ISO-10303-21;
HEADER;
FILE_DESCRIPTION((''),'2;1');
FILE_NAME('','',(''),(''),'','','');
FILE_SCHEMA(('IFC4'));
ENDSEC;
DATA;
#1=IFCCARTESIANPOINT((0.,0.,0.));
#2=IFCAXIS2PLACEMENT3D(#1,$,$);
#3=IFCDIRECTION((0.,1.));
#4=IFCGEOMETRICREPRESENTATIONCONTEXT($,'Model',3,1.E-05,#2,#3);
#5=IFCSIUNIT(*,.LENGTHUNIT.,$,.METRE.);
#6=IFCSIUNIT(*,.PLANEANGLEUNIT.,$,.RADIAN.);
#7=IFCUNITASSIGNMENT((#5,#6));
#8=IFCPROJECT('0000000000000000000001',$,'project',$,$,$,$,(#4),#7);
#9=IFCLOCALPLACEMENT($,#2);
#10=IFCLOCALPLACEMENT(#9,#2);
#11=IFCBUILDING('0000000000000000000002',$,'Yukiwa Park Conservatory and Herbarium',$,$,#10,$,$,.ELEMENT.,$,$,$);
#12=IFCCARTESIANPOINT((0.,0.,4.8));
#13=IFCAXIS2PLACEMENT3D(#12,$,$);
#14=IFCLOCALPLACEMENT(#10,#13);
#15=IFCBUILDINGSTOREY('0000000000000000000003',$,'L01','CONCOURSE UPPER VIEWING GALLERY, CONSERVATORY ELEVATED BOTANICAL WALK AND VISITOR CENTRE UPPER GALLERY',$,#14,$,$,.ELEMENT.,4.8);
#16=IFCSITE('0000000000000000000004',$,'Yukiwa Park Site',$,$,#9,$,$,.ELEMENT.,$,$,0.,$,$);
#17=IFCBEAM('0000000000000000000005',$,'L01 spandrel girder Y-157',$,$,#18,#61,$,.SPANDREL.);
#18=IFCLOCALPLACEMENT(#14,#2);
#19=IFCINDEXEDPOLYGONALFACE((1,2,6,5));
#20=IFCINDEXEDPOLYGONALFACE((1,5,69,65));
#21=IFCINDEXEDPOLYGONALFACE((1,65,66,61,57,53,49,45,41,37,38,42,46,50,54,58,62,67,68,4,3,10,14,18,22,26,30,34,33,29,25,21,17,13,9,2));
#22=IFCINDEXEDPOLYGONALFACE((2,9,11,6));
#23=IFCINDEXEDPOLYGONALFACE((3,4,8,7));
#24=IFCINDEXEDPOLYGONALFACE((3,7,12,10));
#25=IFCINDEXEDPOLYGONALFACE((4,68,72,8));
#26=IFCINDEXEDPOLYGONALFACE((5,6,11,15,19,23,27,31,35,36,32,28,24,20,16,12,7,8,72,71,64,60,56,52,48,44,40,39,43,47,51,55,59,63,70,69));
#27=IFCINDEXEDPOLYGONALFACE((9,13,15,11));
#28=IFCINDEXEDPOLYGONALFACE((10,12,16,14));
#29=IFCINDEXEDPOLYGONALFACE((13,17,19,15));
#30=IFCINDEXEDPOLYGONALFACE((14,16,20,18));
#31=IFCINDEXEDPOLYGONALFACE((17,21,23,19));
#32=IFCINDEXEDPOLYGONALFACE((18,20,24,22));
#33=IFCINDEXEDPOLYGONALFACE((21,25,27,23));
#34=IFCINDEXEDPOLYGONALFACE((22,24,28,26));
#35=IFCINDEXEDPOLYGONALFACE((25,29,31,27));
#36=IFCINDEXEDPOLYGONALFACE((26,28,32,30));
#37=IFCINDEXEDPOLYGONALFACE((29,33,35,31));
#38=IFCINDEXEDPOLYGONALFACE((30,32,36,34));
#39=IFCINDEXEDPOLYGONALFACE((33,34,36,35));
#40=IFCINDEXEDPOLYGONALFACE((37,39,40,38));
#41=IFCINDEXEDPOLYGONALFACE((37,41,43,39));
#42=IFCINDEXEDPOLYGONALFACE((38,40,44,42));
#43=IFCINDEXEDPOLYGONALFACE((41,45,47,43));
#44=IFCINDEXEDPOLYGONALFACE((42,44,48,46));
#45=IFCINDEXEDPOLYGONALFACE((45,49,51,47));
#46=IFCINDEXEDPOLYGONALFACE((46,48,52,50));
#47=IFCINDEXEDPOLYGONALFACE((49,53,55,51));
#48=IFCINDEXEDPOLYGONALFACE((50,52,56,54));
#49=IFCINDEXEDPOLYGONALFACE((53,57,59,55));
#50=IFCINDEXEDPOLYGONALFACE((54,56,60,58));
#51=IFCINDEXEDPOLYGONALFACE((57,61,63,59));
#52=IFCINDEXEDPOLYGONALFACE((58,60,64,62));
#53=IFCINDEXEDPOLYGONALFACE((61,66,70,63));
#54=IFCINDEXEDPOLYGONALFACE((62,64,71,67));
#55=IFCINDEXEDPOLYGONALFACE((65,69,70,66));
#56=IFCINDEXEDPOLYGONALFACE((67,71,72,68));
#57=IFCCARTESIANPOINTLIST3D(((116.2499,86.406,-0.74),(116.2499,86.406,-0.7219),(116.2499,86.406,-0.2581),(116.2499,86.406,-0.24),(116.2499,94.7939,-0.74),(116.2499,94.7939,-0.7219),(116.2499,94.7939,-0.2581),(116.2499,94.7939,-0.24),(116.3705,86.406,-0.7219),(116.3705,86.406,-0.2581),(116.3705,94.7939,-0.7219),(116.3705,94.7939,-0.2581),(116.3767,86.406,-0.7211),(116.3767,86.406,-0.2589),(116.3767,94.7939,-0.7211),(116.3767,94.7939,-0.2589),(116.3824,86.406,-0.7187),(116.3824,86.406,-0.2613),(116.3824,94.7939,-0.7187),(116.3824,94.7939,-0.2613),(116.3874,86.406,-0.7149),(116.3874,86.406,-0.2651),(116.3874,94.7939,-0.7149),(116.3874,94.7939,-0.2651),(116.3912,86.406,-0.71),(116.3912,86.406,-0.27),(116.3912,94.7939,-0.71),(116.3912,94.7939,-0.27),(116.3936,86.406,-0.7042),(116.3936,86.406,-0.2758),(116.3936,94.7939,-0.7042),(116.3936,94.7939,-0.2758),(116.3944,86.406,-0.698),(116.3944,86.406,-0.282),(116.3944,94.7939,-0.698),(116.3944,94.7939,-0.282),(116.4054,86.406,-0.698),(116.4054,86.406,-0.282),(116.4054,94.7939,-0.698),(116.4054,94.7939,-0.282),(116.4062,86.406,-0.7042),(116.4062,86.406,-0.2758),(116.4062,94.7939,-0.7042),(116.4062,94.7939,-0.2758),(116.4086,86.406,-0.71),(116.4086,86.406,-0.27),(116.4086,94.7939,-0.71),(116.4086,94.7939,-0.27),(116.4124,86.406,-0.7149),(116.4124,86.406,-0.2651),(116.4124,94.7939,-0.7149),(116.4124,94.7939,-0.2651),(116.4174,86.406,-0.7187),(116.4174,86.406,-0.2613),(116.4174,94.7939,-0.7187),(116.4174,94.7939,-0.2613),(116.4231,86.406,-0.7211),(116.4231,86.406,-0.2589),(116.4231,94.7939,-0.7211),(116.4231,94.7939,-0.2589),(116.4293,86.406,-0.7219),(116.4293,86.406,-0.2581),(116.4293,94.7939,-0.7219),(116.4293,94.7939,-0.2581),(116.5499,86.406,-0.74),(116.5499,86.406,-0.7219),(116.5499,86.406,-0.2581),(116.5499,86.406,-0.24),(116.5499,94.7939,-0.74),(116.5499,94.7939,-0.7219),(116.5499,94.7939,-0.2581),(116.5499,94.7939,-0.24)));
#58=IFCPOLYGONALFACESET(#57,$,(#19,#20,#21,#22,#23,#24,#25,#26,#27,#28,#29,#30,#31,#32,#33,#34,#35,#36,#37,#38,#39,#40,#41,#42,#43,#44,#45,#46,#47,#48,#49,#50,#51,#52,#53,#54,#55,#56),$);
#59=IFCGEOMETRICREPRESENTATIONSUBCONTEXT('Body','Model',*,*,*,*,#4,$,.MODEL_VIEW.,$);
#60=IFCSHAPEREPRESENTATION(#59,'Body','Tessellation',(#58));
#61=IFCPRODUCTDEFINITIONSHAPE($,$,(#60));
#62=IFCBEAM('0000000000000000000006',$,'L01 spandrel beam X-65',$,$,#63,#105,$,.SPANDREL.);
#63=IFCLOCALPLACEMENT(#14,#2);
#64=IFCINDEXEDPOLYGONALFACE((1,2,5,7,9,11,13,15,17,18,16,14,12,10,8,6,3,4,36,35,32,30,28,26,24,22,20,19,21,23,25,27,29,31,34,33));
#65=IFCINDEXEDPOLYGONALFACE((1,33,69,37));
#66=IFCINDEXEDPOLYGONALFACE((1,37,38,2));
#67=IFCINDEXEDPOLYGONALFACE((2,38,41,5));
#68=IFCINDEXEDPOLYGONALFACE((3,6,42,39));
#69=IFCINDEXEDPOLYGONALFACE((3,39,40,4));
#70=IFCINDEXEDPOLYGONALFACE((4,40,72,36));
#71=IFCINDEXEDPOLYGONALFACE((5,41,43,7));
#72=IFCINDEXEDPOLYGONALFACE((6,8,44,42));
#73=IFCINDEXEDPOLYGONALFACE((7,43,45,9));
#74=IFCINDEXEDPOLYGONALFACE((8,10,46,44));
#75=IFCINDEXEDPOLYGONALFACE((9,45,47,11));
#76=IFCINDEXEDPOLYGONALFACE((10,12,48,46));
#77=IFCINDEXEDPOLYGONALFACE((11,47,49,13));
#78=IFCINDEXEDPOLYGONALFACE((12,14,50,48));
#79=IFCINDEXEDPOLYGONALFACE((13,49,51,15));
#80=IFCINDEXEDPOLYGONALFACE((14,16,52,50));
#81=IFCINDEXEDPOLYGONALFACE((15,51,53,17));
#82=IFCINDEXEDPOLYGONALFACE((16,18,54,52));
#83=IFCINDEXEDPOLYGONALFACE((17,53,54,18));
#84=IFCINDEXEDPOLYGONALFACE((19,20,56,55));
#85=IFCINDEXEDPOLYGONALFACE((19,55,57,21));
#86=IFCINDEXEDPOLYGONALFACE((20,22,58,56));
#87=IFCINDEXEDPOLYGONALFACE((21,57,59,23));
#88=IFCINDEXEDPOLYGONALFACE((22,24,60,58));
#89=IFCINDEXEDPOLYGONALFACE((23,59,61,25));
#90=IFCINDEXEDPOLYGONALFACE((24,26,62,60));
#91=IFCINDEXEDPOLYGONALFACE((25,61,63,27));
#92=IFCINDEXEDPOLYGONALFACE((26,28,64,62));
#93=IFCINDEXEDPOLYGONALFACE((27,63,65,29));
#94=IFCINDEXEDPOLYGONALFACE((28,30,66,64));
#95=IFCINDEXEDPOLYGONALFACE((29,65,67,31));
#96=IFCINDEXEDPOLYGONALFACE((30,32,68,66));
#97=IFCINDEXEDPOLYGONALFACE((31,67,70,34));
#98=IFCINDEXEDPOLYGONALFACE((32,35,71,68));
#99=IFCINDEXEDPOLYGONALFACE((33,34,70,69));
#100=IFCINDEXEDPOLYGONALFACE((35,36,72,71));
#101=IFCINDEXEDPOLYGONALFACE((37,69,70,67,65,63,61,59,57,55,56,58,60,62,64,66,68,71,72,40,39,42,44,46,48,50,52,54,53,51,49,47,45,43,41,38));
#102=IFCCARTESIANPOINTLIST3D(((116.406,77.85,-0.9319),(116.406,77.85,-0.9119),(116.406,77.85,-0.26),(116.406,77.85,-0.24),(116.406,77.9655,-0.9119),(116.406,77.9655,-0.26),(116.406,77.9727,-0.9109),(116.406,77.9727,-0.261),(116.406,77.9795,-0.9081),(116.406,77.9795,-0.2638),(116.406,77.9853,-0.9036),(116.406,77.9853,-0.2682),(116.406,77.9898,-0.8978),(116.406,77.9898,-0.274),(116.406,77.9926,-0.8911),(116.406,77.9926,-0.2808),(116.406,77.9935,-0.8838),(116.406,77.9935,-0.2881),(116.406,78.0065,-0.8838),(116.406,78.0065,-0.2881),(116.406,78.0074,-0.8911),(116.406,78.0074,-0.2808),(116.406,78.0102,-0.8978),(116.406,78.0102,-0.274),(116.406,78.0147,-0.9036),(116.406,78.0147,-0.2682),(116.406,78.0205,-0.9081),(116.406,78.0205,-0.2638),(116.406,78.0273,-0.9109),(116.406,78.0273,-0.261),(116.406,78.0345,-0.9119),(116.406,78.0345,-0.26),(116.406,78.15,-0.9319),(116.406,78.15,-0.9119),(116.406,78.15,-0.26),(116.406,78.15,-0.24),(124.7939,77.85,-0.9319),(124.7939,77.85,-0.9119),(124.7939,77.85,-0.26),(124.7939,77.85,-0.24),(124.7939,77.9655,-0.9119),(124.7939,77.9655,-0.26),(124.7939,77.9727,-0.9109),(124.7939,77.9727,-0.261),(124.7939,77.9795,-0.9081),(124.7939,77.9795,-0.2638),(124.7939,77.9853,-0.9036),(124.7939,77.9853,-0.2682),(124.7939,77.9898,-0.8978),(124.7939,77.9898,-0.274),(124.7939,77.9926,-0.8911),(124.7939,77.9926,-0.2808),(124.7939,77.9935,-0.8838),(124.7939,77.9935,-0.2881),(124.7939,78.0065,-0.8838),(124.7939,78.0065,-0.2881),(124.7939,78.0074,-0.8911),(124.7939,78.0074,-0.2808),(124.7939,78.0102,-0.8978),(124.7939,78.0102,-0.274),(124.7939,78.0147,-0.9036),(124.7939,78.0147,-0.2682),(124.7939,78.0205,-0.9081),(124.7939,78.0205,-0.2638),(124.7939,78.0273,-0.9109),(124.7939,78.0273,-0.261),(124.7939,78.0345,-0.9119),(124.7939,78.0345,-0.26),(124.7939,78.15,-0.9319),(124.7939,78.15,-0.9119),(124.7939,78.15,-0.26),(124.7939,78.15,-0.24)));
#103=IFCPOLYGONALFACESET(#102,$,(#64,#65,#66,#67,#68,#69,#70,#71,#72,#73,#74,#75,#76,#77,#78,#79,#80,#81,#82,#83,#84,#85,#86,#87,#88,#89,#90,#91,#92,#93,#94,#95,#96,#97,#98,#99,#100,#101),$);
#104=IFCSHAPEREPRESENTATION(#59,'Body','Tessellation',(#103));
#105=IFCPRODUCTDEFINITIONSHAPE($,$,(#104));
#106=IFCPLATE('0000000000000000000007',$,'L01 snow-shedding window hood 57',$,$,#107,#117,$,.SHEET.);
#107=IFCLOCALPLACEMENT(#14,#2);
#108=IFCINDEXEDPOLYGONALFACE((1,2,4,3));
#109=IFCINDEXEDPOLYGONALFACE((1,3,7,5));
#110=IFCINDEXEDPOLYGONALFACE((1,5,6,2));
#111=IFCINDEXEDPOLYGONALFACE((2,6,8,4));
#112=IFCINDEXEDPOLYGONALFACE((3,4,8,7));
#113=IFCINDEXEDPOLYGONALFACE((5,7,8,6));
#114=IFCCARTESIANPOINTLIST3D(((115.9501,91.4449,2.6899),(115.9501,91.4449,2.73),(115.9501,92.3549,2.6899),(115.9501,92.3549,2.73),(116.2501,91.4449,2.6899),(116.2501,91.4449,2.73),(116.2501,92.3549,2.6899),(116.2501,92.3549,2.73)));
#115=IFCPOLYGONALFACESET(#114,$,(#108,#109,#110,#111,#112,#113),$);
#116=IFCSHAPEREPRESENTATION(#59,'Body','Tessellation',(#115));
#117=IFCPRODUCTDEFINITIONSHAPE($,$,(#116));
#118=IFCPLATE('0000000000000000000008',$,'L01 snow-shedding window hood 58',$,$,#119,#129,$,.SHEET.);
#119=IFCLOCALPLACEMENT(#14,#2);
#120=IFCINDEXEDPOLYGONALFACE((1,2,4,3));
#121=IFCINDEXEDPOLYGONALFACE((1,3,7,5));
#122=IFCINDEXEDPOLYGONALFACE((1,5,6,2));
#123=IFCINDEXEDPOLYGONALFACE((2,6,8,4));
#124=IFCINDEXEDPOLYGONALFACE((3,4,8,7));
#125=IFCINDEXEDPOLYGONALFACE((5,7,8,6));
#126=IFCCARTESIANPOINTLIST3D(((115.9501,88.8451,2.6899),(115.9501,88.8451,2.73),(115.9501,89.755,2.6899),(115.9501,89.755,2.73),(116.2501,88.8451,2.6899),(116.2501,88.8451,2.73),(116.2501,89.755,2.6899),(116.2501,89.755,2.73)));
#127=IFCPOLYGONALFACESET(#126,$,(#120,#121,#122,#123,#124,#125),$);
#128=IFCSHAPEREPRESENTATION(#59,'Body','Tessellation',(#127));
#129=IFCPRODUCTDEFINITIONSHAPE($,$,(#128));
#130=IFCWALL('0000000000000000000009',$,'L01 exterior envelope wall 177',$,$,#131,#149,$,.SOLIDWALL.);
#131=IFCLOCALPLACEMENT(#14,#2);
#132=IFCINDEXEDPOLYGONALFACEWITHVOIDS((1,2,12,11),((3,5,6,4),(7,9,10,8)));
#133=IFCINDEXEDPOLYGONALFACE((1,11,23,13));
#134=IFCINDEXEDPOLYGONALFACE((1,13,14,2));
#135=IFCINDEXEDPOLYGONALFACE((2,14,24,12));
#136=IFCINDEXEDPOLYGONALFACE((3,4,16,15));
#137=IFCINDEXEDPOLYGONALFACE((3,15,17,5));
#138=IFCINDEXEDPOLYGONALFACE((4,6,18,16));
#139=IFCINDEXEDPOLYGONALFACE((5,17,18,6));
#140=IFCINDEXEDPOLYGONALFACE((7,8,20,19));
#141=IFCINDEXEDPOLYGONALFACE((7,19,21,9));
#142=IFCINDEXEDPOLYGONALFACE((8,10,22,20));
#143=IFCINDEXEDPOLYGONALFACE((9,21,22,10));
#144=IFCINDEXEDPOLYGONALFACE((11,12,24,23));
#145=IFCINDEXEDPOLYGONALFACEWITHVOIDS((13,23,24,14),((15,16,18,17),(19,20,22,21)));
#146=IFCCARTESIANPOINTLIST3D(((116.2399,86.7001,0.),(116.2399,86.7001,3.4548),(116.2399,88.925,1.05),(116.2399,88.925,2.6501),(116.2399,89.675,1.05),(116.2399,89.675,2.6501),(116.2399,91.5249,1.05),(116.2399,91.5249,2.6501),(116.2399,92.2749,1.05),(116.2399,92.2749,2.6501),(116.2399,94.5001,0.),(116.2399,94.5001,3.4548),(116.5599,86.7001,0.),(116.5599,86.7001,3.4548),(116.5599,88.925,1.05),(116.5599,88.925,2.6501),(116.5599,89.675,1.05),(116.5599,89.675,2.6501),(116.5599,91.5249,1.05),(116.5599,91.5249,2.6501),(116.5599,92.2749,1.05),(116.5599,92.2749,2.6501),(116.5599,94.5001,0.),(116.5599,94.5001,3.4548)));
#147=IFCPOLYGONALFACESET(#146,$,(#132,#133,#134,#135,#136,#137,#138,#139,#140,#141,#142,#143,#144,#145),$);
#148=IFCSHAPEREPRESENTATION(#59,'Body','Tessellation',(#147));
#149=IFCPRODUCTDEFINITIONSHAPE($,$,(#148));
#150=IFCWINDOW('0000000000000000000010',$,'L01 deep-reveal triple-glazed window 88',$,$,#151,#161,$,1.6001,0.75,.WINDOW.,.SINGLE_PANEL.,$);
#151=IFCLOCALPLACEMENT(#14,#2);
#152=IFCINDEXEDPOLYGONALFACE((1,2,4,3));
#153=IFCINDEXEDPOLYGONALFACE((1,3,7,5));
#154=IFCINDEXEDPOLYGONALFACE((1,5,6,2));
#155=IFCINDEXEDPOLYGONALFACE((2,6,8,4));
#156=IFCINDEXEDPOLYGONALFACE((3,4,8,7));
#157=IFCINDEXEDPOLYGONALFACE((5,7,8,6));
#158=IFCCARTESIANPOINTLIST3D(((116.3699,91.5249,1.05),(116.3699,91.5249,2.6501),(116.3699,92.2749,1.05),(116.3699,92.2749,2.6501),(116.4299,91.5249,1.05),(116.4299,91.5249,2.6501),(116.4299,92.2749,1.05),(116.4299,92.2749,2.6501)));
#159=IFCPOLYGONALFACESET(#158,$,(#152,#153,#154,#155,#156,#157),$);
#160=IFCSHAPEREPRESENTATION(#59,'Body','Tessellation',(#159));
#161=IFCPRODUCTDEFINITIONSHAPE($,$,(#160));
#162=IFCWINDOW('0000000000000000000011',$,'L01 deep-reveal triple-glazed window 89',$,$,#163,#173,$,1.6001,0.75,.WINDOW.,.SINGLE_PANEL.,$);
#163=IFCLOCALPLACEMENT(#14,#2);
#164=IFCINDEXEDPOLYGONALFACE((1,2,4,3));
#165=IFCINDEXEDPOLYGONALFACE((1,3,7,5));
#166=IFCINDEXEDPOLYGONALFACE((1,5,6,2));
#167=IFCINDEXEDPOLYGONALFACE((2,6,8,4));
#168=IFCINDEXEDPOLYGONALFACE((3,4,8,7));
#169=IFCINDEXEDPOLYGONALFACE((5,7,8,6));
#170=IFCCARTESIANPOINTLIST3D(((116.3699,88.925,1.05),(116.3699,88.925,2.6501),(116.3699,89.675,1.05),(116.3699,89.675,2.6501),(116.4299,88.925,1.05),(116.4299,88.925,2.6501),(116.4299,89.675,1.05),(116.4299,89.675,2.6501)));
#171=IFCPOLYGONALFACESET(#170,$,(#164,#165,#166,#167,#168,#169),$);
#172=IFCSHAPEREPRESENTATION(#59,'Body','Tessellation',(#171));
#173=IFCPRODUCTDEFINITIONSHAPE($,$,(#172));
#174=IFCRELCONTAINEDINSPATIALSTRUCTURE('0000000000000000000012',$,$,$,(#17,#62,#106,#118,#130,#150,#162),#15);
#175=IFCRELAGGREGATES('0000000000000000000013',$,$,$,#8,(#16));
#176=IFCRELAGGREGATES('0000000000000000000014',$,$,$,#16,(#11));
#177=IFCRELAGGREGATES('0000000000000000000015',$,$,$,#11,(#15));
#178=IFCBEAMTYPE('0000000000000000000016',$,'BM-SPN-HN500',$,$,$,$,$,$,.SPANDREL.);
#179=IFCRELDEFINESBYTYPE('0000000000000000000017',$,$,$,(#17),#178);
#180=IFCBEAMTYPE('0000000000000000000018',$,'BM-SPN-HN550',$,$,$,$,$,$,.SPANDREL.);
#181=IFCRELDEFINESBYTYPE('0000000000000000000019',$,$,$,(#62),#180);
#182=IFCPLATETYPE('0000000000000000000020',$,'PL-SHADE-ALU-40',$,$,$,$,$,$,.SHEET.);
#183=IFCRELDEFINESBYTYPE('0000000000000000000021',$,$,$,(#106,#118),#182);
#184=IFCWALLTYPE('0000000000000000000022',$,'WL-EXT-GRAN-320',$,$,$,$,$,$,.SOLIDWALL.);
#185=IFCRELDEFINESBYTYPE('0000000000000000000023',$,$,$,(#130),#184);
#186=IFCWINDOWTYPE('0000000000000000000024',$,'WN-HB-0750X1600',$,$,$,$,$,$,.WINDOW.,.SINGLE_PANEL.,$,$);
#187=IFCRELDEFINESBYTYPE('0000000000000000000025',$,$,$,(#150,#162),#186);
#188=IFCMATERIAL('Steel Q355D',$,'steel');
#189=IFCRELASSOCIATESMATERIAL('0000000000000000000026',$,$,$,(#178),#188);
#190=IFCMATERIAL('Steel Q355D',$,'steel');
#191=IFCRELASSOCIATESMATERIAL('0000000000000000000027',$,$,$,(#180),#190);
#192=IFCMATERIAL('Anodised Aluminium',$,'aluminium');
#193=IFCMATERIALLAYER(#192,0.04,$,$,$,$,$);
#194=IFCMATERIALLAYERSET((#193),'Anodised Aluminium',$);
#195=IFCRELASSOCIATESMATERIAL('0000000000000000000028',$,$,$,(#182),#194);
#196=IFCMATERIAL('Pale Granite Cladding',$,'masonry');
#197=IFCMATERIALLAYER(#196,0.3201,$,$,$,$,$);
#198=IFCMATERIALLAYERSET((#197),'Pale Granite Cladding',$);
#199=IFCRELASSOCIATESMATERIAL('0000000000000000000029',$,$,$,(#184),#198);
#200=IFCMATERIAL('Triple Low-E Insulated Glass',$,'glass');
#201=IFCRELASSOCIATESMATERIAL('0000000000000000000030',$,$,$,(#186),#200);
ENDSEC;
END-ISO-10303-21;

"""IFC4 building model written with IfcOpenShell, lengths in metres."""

from ifc_helpers import new_model, si_unit, direction, frame, frame_2d, origin, origin_2d, place, context, subcontext, project, spatial, rectangle, i_section, extrude, material, layer, layer_set, material_profile, profile_set, type_object, element, fill, save


model = new_model("IFC4")

# Units and contexts
model_context = context("Model", 3, precision=1e-05, world=origin(), true_north=direction((0.0, 1.0)))
body_context = subcontext(model_context, "Body", "Model", "MODEL_VIEW")
ifc_project = project(units=[si_unit("LENGTHUNIT", "METRE"), si_unit("PLANEANGLEUNIT", "RADIAN")], contexts=[model_context])

# Site, building, storey
site_placement = place(None, origin())
site = spatial("IfcSite", under=ifc_project, at=site_placement, Name="Yukiwa Park Site", CompositionType="ELEMENT", RefElevation=0.0)
building_placement = place(site_placement, origin())
building = spatial("IfcBuilding", under=site, at=building_placement, Name="Yukiwa Park Conservatory and Herbarium", CompositionType="ELEMENT")
storey_placement = place(building_placement, frame((0.0, 0.0, 4.8)))
storey = spatial("IfcBuildingStorey", under=building, at=storey_placement, Name="L01", Description="CONCOURSE UPPER VIEWING GALLERY, CONSERVATORY ELEVATED BOTANICAL WALK AND VISITOR CENTRE UPPER GALLERY", CompositionType="ELEMENT", Elevation=4.8)

# Beams
ifc_material_1 = material(Name="Steel Q355D", Category="steel")
ifc_material_profile_1 = material_profile(ifc_material_1, i_section(OverallWidth=0.3, OverallDepth=0.5, WebThickness=0.011, FlangeThickness=0.0181, FilletRadius=0.0239, at=origin_2d()), Name="HM 500x300x11x18")
ifc_profile_set_1 = profile_set([ifc_material_profile_1], Name="Steel Q355D")
beam_type_1 = type_object("IfcBeamType", Name="BM-SPN-HN500", PredefinedType="SPANDREL", material=ifc_profile_set_1)
beam_1_placement = place(storey_placement, frame((116.3999, 86.406, -0.49), z_axis=(0.0, 1.0, 0.0), x_axis=(-1.0, 0.0, 0.0)))
element("IfcBeam", 1, at=beam_1_placement, inside=storey, type_object=beam_type_1, Name="L01 spandrel girder Y-157", PredefinedType="SPANDREL", context=body_context, shape_type="SweptSolid", body=[
    extrude(i_section(OverallWidth=0.3, OverallDepth=0.5, WebThickness=0.011, FlangeThickness=0.0181, FilletRadius=0.0239, at=origin_2d()), origin(), (0.0, 0.0, 1.0), 8.3879),
])
ifc_material_2 = material(Name="Steel Q355D", Category="steel")
ifc_material_profile_2 = material_profile(ifc_material_2, i_section(OverallWidth=0.3, OverallDepth=0.6919, WebThickness=0.0129, FlangeThickness=0.02, FilletRadius=0.0281, at=origin_2d()), Name="HN 692x300x13x20")
ifc_profile_set_2 = profile_set([ifc_material_profile_2], Name="Steel Q355D")
beam_type_2 = type_object("IfcBeamType", Name="BM-SPN-HN550", PredefinedType="SPANDREL", material=ifc_profile_set_2)
beam_2_placement = place(storey_placement, frame((116.406, 78.0, -0.5859), z_axis=(1.0, 0.0, 0.0), x_axis=(0.0, 1.0, 0.0)))
element("IfcBeam", 2, at=beam_2_placement, inside=storey, type_object=beam_type_2, Name="L01 spandrel beam X-65", PredefinedType="SPANDREL", context=body_context, shape_type="SweptSolid", body=[
    extrude(i_section(OverallWidth=0.3, OverallDepth=0.6919, WebThickness=0.0129, FlangeThickness=0.02, FilletRadius=0.0281, at=origin_2d()), origin(), (0.0, 0.0, 1.0), 8.3879),
])

# Plates
ifc_material_3 = material(Name="Anodised Aluminium", Category="aluminium")
ifc_layer_1 = layer(ifc_material_3, 0.04)
ifc_layer_set_1 = layer_set([ifc_layer_1], Name="Anodised Aluminium")
plate_type = type_object("IfcPlateType", Name="PL-SHADE-ALU-40", PredefinedType="SHEET", material=ifc_layer_set_1)
for number, where, z_axis, x_axis, name in (
    (3, (116.1001, 91.8999, 2.6899), (0.0, 0.0, 1.0), (0.0, -1.0, 0.0), "L01 snow-shedding window hood 57"),
    (4, (116.1001, 89.3, 2.6899), (0.0, 0.0, 1.0), (0.0, -1.0, 0.0), "L01 snow-shedding window hood 58"),
):
    element("IfcPlate", number, at=place(storey_placement, frame(where, z_axis=z_axis, x_axis=x_axis)), inside=storey, type_object=plate_type, Name=name, PredefinedType="SHEET", context=body_context, shape_type="SweptSolid", body=[
        extrude(rectangle(XDim=0.9099, YDim=0.3, at=origin_2d()), origin(), (0.0, 0.0, 1.0), 0.04),
    ])

# Wall, openings, windows
ifc_material_4 = material(Name="Pale Granite Cladding", Category="masonry")
ifc_layer_2 = layer(ifc_material_4, 0.3201)
ifc_layer_set_2 = layer_set([ifc_layer_2], Name="Pale Granite Cladding")
wall_type_1 = type_object("IfcWallType", Name="WL-EXT-GRAN-320", PredefinedType="SOLIDWALL", material=ifc_layer_set_2)
wall_1_placement = place(storey_placement, frame((116.3999, 94.5, 0.0), z_axis=(0.0, 0.0, 1.0), x_axis=(0.0, -1.0, 0.0)))
wall_1 = element("IfcWall", 5, at=wall_1_placement, inside=storey, type_object=wall_type_1, Name="L01 exterior envelope wall 177", PredefinedType="SOLIDWALL", context=body_context, shape_type="SweptSolid", body=[
    extrude(rectangle(XDim=7.8, YDim=0.3201, at=frame_2d((3.8999, 0.0))), origin(), (0.0, 0.0, 1.0), 3.4548),
])
opening_1_placement = place(wall_1_placement, frame((2.2251, 0.0, 1.05)))
opening_1 = element("IfcOpeningElement", 6, at=opening_1_placement, cuts=wall_1, PredefinedType="OPENING", context=body_context, shape_type="SweptSolid", body=[
    extrude(rectangle(XDim=0.75, YDim=1.6001, at=frame_2d((0.375, 0.8))), frame((0.0, 0.1699, 0.0), z_axis=(0.0, -1.0, 0.0), x_axis=(1.0, 0.0, 0.0)), (0.0, 0.0, 1.0), 0.3401),
])
opening_2_placement = place(wall_1_placement, frame((4.825, 0.0, 1.05)))
opening_2 = element("IfcOpeningElement", 7, at=opening_2_placement, cuts=wall_1, PredefinedType="OPENING", context=body_context, shape_type="SweptSolid", body=[
    extrude(rectangle(XDim=0.75, YDim=1.6001, at=frame_2d((0.375, 0.8))), frame((0.0, 0.1699, 0.0), z_axis=(0.0, -1.0, 0.0), x_axis=(1.0, 0.0, 0.0)), (0.0, 0.0, 1.0), 0.3401),
])
ifc_material_5 = material(Name="Triple Low-E Insulated Glass", Category="glass")
window_type_1 = type_object("IfcWindowType", Name="WN-HB-0750X1600", PartitioningType="SINGLE_PANEL", PredefinedType="WINDOW", material=ifc_material_5)
window_1_placement = place(opening_1_placement, origin())
window_1 = element("IfcWindow", 8, at=window_1_placement, inside=storey, type_object=window_type_1, Name="L01 deep-reveal triple-glazed window 88", OverallHeight=1.6001, OverallWidth=0.75, PartitioningType="SINGLE_PANEL", PredefinedType="WINDOW", context=body_context, shape_type="SweptSolid", body=[
    extrude(rectangle(XDim=0.75, YDim=1.6001, at=frame_2d((0.375, 0.8))), frame((0.0, 0.03, 0.0), z_axis=(0.0, -1.0, 0.0), x_axis=(1.0, 0.0, 0.0)), (0.0, 0.0, 1.0), 0.0601),
])
fill(opening_1, window_1)
window_2_placement = place(opening_2_placement, origin())
window_2 = element("IfcWindow", 9, at=window_2_placement, inside=storey, type_object=window_type_1, Name="L01 deep-reveal triple-glazed window 89", OverallHeight=1.6001, OverallWidth=0.75, PartitioningType="SINGLE_PANEL", PredefinedType="WINDOW", context=body_context, shape_type="SweptSolid", body=[
    extrude(rectangle(XDim=0.75, YDim=1.6001, at=frame_2d((0.375, 0.8))), frame((0.0, 0.03, 0.0), z_axis=(0.0, -1.0, 0.0), x_axis=(1.0, 0.0, 0.0)), (0.0, 0.0, 1.0), 0.0601),
])
fill(opening_2, window_2)

save(model, "model.ifc")
